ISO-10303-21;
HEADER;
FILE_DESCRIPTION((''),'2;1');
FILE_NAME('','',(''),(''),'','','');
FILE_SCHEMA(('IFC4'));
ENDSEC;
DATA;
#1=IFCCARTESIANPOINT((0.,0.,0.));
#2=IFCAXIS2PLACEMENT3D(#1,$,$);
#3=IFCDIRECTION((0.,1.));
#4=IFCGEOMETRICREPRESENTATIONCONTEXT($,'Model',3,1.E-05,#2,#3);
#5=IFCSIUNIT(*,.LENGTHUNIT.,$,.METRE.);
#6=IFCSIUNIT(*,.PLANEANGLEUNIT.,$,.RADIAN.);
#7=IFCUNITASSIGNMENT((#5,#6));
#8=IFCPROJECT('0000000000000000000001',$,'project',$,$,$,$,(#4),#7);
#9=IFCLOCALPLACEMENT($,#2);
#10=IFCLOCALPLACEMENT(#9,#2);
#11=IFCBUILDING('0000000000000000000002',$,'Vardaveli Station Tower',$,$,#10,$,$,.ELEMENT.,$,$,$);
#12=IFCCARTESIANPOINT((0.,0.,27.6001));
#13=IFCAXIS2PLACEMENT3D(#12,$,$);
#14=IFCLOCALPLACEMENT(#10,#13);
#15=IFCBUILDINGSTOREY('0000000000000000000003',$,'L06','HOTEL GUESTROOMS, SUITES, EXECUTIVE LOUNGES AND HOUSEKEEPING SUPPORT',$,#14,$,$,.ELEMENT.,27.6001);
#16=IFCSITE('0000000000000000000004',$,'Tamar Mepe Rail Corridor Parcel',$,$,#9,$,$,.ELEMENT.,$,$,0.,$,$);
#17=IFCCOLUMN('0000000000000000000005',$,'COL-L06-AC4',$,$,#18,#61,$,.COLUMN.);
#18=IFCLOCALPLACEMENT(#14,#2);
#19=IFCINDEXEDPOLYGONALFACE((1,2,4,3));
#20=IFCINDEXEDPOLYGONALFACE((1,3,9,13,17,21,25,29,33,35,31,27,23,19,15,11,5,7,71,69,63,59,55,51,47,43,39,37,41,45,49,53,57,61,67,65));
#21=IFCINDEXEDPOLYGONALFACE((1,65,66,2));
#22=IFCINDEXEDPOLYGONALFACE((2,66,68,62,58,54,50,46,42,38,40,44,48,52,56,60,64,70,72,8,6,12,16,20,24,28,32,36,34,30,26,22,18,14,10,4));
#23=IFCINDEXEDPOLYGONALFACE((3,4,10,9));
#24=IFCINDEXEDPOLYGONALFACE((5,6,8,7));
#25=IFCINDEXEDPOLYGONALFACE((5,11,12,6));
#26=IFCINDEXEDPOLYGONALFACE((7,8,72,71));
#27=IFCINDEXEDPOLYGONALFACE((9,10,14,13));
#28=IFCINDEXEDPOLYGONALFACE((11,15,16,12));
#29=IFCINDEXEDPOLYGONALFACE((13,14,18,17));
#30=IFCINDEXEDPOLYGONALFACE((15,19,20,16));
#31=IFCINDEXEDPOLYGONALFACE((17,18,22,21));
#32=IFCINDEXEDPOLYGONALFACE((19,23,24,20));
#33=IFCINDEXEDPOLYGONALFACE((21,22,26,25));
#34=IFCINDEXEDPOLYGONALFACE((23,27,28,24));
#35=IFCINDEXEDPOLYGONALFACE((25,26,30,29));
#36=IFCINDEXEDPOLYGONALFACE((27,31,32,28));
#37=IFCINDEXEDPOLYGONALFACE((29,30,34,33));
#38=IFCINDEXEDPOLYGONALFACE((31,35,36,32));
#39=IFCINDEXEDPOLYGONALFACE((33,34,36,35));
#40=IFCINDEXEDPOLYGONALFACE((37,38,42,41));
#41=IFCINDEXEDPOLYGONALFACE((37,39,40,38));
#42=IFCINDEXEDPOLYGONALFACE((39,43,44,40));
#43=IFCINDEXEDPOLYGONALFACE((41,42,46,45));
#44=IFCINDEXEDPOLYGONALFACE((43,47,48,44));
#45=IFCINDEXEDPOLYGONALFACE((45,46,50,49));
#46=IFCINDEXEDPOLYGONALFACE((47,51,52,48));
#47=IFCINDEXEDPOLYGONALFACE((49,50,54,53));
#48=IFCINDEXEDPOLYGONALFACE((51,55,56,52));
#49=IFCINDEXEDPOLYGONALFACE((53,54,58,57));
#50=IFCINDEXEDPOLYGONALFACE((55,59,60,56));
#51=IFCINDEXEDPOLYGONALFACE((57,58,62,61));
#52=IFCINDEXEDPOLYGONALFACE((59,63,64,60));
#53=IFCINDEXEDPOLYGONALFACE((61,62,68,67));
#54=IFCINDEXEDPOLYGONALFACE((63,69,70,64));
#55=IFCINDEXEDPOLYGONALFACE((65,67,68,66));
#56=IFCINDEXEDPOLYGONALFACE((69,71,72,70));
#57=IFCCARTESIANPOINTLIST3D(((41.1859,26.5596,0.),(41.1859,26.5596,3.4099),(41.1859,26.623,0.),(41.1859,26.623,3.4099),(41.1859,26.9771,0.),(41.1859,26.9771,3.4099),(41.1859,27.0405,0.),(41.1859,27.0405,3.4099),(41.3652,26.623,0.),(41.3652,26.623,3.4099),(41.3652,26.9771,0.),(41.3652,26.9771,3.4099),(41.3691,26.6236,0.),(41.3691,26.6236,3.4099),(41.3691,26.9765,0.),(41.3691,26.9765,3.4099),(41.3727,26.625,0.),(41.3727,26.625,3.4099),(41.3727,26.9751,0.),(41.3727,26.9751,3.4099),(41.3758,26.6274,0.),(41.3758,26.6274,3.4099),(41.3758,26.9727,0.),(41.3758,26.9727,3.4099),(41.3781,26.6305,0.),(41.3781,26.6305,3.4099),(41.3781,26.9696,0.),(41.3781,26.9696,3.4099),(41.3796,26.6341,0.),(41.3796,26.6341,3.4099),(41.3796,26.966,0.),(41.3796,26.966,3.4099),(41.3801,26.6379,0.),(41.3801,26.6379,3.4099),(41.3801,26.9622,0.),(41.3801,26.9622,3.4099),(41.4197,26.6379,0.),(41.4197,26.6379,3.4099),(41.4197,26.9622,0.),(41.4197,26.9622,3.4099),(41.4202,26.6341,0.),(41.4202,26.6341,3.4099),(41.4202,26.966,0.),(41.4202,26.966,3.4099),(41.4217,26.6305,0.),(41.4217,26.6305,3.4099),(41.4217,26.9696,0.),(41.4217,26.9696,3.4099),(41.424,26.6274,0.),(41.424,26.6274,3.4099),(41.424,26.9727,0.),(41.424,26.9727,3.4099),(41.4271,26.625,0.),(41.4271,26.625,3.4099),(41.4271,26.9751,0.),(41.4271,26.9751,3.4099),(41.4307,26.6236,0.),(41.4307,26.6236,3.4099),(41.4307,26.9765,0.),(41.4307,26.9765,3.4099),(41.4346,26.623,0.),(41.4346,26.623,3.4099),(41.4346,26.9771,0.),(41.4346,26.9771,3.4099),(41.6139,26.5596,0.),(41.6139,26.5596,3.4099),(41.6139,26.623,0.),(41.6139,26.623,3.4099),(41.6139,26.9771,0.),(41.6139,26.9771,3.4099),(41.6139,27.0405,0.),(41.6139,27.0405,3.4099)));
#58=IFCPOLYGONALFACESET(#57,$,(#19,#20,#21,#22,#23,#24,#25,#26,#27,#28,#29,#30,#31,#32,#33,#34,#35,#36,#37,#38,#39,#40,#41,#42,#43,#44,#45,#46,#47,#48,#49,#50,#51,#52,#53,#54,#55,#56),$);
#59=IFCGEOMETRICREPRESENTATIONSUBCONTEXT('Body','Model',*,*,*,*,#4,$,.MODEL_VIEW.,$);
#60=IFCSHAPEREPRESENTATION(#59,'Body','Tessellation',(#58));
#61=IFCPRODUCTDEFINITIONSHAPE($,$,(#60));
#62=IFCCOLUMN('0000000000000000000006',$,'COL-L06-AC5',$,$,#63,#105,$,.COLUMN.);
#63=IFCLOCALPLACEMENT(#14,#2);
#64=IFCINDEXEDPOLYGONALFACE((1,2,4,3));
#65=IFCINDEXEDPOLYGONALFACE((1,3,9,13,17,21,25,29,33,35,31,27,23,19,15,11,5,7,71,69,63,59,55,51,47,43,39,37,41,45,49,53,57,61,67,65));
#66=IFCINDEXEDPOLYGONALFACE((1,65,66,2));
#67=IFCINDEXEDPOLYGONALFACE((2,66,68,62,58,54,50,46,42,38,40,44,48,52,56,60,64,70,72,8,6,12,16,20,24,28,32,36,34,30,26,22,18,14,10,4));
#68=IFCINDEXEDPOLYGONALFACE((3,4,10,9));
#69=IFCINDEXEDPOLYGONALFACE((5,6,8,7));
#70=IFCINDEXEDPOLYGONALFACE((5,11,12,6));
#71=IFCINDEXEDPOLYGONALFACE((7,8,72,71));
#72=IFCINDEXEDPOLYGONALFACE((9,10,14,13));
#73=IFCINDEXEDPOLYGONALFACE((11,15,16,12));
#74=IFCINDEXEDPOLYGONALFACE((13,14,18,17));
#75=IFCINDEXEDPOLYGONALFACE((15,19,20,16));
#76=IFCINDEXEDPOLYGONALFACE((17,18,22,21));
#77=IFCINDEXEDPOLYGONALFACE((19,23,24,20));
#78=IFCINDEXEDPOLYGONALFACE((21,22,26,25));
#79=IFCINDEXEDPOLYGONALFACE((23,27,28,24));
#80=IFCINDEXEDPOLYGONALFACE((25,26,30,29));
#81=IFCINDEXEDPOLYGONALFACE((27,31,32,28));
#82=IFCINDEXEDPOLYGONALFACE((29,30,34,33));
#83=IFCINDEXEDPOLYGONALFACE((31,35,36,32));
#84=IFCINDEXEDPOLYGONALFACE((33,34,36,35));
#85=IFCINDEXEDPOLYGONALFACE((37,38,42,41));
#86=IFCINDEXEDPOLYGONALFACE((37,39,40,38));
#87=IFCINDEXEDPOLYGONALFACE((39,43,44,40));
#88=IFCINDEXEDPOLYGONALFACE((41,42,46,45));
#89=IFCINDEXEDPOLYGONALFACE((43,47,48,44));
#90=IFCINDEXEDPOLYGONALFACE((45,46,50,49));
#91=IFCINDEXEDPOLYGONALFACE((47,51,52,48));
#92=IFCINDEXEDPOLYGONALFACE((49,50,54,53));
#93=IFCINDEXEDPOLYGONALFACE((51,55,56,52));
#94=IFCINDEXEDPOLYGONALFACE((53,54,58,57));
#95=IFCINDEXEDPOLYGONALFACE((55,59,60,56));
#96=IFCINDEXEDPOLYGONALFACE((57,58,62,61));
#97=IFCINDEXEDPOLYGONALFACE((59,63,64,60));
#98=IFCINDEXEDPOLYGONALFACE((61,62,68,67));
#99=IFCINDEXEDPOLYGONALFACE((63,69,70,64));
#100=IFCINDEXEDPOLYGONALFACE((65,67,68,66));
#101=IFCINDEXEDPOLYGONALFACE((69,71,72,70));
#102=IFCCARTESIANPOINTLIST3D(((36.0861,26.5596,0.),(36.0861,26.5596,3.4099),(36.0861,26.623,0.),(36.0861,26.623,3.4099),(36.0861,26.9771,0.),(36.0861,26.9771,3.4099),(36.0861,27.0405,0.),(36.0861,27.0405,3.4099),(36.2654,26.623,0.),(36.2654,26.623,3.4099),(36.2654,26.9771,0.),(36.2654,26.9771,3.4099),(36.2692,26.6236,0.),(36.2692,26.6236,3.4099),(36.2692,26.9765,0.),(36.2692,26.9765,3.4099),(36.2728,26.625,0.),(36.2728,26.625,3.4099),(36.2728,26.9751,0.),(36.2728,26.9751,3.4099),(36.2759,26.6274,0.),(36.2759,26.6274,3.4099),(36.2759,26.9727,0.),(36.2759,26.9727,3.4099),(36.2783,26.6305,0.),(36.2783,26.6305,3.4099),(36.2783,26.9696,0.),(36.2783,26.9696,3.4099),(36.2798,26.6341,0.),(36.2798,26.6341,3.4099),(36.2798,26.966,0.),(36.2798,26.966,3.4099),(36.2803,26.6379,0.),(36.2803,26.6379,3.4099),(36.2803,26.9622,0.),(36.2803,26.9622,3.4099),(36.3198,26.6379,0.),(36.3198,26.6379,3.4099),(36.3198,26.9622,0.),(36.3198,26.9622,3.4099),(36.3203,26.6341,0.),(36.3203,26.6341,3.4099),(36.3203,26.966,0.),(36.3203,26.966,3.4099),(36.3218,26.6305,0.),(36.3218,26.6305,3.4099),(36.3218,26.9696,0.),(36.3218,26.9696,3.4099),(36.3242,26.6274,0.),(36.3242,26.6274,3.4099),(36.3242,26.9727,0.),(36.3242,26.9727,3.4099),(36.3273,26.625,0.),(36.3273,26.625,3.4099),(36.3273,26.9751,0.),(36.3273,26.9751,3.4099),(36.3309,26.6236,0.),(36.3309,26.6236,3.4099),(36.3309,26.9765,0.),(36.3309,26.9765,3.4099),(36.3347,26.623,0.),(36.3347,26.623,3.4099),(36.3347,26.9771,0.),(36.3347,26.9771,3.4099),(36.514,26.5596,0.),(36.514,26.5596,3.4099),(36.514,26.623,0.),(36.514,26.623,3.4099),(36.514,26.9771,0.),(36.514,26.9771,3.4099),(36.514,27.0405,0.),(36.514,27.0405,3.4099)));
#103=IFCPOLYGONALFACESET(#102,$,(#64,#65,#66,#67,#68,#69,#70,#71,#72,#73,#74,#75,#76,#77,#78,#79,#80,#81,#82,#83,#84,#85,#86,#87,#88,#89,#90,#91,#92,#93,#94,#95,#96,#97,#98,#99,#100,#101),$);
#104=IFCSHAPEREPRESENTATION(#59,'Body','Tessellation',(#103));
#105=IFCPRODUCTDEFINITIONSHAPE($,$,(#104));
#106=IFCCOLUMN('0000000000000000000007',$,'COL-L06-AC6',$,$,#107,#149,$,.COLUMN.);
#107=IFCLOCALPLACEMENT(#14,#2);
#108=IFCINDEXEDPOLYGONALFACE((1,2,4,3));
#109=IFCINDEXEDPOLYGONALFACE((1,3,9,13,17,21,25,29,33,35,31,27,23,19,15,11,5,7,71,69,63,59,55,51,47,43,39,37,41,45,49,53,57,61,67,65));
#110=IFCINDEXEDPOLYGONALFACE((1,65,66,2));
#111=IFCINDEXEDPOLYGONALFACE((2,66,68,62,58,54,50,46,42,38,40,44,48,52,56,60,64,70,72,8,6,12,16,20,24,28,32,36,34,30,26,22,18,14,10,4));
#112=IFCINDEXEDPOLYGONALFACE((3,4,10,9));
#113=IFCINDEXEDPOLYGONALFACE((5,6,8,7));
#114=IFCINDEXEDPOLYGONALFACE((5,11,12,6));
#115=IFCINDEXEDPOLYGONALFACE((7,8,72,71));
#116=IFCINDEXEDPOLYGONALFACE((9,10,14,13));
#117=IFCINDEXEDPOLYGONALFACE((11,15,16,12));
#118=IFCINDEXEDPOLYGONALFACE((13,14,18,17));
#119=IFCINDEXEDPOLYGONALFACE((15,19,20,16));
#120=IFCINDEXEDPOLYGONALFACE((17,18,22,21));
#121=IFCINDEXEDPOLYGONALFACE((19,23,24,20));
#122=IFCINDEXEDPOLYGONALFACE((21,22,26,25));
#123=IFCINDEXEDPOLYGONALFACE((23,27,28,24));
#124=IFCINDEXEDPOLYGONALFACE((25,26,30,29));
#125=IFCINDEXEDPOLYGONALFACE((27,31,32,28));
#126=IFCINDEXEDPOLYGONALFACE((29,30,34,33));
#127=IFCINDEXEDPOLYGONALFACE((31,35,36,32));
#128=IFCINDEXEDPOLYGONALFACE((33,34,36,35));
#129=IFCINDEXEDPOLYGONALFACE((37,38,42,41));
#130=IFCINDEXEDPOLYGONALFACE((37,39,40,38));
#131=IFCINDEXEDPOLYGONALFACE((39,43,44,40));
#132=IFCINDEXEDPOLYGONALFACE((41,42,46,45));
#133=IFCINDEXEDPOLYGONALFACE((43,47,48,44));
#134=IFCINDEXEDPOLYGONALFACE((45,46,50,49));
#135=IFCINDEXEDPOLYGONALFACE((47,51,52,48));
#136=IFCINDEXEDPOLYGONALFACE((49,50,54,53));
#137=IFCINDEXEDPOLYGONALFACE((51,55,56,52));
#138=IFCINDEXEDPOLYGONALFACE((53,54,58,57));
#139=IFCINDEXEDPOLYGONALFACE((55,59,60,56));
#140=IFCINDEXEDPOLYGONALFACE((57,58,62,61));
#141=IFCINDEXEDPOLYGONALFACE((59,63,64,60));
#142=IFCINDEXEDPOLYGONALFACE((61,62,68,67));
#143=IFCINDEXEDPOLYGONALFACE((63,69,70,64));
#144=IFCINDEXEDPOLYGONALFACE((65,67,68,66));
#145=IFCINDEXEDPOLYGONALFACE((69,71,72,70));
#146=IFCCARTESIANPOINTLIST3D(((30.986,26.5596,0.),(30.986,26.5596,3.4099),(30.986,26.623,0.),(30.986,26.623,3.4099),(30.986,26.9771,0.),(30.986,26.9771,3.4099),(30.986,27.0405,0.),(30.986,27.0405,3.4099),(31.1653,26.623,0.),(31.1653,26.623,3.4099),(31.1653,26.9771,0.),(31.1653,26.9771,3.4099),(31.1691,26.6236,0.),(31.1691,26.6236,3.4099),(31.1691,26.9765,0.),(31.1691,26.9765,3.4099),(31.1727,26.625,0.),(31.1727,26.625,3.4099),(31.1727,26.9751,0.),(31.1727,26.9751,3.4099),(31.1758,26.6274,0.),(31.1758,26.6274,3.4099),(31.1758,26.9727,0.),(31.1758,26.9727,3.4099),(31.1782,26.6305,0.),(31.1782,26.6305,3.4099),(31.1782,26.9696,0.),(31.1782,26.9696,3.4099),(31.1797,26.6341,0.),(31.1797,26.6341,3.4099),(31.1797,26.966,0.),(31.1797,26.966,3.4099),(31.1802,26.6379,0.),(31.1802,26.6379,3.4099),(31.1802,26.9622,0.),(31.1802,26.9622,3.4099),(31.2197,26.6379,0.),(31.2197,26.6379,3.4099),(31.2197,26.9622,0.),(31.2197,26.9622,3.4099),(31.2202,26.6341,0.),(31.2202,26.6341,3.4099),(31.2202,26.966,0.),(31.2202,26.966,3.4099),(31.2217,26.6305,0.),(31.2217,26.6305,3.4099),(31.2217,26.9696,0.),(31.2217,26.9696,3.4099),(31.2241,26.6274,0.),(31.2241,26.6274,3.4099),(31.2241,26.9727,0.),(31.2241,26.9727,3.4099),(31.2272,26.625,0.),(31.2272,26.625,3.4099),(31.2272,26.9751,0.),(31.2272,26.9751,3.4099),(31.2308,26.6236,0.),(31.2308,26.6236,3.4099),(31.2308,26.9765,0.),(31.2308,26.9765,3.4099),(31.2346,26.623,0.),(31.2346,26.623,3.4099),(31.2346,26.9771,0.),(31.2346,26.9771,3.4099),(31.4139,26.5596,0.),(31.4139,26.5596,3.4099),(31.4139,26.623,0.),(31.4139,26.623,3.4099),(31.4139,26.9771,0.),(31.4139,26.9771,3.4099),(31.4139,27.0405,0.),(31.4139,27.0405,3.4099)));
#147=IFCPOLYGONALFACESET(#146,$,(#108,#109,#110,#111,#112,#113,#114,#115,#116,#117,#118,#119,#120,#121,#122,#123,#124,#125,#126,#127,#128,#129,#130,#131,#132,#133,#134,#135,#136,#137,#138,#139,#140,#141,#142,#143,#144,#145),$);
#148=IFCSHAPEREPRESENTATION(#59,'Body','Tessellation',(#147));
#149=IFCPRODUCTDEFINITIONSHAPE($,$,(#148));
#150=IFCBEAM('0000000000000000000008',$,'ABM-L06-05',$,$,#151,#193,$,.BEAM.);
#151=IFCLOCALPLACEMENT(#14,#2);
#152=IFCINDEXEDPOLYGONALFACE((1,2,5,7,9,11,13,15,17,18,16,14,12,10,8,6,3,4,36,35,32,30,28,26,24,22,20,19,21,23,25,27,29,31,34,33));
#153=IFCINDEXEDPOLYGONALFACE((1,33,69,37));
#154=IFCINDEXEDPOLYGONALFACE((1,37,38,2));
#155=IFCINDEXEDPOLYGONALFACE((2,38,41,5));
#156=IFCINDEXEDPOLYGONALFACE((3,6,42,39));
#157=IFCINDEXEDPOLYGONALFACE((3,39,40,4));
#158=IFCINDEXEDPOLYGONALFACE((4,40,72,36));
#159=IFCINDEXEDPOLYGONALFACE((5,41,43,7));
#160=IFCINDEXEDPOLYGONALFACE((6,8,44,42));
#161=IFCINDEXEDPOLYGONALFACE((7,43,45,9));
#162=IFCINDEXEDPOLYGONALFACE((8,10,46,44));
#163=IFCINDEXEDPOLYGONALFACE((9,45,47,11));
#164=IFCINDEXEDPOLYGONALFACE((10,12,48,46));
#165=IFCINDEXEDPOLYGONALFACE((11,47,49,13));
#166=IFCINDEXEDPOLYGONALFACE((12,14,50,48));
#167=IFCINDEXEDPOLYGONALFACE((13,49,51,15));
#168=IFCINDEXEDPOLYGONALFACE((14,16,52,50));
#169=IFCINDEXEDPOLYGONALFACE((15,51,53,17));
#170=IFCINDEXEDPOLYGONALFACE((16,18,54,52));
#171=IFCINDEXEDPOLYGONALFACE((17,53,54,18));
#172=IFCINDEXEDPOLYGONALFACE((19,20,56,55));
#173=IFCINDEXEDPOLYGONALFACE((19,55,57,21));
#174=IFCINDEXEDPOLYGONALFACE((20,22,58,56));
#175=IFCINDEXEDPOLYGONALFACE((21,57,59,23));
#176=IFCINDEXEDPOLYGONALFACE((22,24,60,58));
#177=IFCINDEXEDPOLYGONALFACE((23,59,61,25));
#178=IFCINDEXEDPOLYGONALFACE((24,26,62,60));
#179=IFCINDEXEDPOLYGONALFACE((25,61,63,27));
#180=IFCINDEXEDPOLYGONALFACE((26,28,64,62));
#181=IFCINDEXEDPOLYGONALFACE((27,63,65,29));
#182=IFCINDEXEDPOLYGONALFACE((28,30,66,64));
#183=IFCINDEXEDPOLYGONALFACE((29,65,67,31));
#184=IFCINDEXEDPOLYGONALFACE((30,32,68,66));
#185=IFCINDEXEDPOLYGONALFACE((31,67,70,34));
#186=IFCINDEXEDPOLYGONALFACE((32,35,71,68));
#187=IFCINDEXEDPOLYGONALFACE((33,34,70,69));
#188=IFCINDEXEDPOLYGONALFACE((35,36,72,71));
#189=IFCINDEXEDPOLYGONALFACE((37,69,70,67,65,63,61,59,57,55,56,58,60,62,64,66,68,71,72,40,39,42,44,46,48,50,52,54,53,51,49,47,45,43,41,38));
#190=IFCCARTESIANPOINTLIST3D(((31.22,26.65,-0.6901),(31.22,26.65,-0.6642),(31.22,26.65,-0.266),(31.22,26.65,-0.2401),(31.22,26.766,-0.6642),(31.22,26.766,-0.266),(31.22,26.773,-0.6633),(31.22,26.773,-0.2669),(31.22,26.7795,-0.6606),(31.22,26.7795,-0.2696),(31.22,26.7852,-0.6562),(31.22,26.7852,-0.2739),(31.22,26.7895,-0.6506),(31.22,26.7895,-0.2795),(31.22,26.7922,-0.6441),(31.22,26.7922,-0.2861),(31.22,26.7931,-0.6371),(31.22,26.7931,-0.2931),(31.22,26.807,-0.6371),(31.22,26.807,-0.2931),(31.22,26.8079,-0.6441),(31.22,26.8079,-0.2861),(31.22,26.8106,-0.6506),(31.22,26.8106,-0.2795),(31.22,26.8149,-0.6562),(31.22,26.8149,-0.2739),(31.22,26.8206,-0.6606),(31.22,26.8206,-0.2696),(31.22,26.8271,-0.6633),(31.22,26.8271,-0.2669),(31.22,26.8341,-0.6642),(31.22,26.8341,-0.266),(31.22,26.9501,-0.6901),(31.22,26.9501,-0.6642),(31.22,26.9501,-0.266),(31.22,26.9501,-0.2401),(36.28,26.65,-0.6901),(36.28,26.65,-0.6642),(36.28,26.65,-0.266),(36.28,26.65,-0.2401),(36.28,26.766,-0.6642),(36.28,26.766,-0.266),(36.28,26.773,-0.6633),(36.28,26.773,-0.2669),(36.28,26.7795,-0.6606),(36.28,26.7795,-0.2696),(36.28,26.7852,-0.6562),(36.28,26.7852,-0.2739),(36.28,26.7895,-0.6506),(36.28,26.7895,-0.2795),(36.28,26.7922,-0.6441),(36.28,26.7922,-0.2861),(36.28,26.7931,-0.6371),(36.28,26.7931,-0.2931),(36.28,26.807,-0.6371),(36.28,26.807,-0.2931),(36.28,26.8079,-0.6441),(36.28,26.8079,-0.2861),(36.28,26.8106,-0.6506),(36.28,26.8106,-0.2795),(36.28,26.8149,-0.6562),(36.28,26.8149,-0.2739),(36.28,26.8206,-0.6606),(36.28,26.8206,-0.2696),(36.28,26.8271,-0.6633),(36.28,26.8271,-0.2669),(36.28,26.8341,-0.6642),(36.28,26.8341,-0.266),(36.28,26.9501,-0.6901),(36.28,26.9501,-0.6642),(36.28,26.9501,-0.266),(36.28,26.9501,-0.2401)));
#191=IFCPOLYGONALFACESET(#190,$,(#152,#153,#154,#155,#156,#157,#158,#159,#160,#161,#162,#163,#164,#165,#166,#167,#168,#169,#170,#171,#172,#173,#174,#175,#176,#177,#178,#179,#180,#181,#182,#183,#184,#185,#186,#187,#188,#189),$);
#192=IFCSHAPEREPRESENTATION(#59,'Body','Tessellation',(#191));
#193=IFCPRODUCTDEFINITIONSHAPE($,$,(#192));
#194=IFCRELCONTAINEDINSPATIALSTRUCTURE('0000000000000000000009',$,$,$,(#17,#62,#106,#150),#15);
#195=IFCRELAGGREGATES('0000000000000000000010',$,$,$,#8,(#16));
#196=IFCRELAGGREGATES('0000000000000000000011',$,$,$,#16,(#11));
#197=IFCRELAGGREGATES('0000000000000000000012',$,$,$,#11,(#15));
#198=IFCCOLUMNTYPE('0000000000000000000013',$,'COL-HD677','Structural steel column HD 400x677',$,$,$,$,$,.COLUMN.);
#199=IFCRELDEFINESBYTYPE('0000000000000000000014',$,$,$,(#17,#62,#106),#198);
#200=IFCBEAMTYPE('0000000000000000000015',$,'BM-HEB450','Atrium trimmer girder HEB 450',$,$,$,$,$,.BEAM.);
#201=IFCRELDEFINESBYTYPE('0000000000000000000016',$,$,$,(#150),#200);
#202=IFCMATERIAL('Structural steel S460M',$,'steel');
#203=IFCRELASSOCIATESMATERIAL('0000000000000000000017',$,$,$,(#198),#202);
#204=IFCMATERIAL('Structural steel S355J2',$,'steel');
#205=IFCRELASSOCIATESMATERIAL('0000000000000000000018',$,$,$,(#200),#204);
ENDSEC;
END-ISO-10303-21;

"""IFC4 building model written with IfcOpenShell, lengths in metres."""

from ifc_helpers import new_model, si_unit, direction, frame, origin, origin_2d, place, context, subcontext, project, spatial, i_section, extrude, source, transform, mapped, material, material_profile, profile_set, type_object, element, save


model = new_model("IFC4")

# Units and contexts
model_context = context("Model", 3, precision=1e-05, world=origin(), true_north=direction((0.0, 1.0)))
body_context = subcontext(model_context, "Body", "Model", "MODEL_VIEW")
ifc_project = project(units=[si_unit("LENGTHUNIT", "METRE"), si_unit("PLANEANGLEUNIT", "RADIAN")], contexts=[model_context])

# Site, building, storey
site_placement = place(None, origin())
site = spatial("IfcSite", under=ifc_project, at=site_placement, Name="Tamar Mepe Rail Corridor Parcel", CompositionType="ELEMENT", RefElevation=0.0)
building_placement = place(site_placement, origin())
building = spatial("IfcBuilding", under=site, at=building_placement, Name="Vardaveli Station Tower", CompositionType="ELEMENT")
storey_placement = place(building_placement, frame((0.0, 0.0, 27.6001)))
storey = spatial("IfcBuildingStorey", under=building, at=storey_placement, Name="L06", Description="HOTEL GUESTROOMS, SUITES, EXECUTIVE LOUNGES AND HOUSEKEEPING SUPPORT", CompositionType="ELEMENT", Elevation=27.6001)

# Columns
ifc_material_1 = material(Name="Structural steel S460M", Category="steel")
ifc_material_profile_1 = material_profile(ifc_material_1, i_section(OverallWidth=0.428, OverallDepth=0.481, WebThickness=0.0396, FlangeThickness=0.0635, FilletRadius=0.0149, at=origin_2d()), Name="HD 400x677")
ifc_profile_set_1 = profile_set([ifc_material_profile_1], Name="Structural steel S460M")
column_type = type_object("IfcColumnType", Name="COL-HD677", Description="Structural steel column HD 400x677", PredefinedType="COLUMN", material=ifc_profile_set_1)
shared_shape_1 = source(origin(), body_context, "Body", "SweptSolid", [
    extrude(i_section(OverallWidth=0.428, OverallDepth=0.481, WebThickness=0.0396, FlangeThickness=0.0635, FilletRadius=0.0149, at=origin_2d()), origin(), (0.0, 0.0, 1.0), 3.4099),
])
for number, where, z_axis, x_axis, name in (
    (1, (41.3999, 26.8, 0.0), (0.0, 0.0, 1.0), (1.0, 0.0, 0.0), "COL-L06-AC4"),
    (2, (36.3, 26.8, 0.0), (0.0, 0.0, 1.0), (1.0, 0.0, 0.0), "COL-L06-AC5"),
    (3, (31.2, 26.8, 0.0), (0.0, 0.0, 1.0), (1.0, 0.0, 0.0), "COL-L06-AC6"),
):
    element("IfcColumn", number, at=place(storey_placement, frame(where, z_axis=z_axis, x_axis=x_axis)), inside=storey, type_object=column_type, Name=name, PredefinedType="COLUMN", context=body_context, shape_type="MappedRepresentation", body=[
        mapped(shared_shape_1, transform((0.0, 0.0, 0.0), scale=1.0)),
    ])

# Beam
ifc_material_2 = material(Name="Structural steel S355J2", Category="steel")
ifc_material_profile_2 = material_profile(ifc_material_2, i_section(OverallWidth=0.3, OverallDepth=0.45, WebThickness=0.0139, FlangeThickness=0.0259, FilletRadius=0.0271, at=origin_2d()), Name="HEB 450")
ifc_profile_set_2 = profile_set([ifc_material_profile_2], Name="Structural steel S355J2")
beam_type_1 = type_object("IfcBeamType", Name="BM-HEB450", Description="Atrium trimmer girder HEB 450", PredefinedType="BEAM", material=ifc_profile_set_2)
shared_shape_2 = source(origin(), body_context, "Body", "SweptSolid", [
    extrude(i_section(OverallWidth=0.3, OverallDepth=0.45, WebThickness=0.0139, FlangeThickness=0.0259, FilletRadius=0.0271, at=origin_2d()), origin(), (0.0, 0.0, 1.0), 5.0601),
])
beam_1_placement = place(storey_placement, frame((36.28, 26.8, -0.4651), z_axis=(-1.0, 0.0, 0.0), x_axis=(0.0, -1.0, 0.0)))
element("IfcBeam", 4, at=beam_1_placement, inside=storey, type_object=beam_type_1, Name="ABM-L06-05", PredefinedType="BEAM", context=body_context, shape_type="MappedRepresentation", body=[
    mapped(shared_shape_2, transform((0.0, 0.0, 0.0), scale=1.0)),
])

save(model, "model.ifc")
